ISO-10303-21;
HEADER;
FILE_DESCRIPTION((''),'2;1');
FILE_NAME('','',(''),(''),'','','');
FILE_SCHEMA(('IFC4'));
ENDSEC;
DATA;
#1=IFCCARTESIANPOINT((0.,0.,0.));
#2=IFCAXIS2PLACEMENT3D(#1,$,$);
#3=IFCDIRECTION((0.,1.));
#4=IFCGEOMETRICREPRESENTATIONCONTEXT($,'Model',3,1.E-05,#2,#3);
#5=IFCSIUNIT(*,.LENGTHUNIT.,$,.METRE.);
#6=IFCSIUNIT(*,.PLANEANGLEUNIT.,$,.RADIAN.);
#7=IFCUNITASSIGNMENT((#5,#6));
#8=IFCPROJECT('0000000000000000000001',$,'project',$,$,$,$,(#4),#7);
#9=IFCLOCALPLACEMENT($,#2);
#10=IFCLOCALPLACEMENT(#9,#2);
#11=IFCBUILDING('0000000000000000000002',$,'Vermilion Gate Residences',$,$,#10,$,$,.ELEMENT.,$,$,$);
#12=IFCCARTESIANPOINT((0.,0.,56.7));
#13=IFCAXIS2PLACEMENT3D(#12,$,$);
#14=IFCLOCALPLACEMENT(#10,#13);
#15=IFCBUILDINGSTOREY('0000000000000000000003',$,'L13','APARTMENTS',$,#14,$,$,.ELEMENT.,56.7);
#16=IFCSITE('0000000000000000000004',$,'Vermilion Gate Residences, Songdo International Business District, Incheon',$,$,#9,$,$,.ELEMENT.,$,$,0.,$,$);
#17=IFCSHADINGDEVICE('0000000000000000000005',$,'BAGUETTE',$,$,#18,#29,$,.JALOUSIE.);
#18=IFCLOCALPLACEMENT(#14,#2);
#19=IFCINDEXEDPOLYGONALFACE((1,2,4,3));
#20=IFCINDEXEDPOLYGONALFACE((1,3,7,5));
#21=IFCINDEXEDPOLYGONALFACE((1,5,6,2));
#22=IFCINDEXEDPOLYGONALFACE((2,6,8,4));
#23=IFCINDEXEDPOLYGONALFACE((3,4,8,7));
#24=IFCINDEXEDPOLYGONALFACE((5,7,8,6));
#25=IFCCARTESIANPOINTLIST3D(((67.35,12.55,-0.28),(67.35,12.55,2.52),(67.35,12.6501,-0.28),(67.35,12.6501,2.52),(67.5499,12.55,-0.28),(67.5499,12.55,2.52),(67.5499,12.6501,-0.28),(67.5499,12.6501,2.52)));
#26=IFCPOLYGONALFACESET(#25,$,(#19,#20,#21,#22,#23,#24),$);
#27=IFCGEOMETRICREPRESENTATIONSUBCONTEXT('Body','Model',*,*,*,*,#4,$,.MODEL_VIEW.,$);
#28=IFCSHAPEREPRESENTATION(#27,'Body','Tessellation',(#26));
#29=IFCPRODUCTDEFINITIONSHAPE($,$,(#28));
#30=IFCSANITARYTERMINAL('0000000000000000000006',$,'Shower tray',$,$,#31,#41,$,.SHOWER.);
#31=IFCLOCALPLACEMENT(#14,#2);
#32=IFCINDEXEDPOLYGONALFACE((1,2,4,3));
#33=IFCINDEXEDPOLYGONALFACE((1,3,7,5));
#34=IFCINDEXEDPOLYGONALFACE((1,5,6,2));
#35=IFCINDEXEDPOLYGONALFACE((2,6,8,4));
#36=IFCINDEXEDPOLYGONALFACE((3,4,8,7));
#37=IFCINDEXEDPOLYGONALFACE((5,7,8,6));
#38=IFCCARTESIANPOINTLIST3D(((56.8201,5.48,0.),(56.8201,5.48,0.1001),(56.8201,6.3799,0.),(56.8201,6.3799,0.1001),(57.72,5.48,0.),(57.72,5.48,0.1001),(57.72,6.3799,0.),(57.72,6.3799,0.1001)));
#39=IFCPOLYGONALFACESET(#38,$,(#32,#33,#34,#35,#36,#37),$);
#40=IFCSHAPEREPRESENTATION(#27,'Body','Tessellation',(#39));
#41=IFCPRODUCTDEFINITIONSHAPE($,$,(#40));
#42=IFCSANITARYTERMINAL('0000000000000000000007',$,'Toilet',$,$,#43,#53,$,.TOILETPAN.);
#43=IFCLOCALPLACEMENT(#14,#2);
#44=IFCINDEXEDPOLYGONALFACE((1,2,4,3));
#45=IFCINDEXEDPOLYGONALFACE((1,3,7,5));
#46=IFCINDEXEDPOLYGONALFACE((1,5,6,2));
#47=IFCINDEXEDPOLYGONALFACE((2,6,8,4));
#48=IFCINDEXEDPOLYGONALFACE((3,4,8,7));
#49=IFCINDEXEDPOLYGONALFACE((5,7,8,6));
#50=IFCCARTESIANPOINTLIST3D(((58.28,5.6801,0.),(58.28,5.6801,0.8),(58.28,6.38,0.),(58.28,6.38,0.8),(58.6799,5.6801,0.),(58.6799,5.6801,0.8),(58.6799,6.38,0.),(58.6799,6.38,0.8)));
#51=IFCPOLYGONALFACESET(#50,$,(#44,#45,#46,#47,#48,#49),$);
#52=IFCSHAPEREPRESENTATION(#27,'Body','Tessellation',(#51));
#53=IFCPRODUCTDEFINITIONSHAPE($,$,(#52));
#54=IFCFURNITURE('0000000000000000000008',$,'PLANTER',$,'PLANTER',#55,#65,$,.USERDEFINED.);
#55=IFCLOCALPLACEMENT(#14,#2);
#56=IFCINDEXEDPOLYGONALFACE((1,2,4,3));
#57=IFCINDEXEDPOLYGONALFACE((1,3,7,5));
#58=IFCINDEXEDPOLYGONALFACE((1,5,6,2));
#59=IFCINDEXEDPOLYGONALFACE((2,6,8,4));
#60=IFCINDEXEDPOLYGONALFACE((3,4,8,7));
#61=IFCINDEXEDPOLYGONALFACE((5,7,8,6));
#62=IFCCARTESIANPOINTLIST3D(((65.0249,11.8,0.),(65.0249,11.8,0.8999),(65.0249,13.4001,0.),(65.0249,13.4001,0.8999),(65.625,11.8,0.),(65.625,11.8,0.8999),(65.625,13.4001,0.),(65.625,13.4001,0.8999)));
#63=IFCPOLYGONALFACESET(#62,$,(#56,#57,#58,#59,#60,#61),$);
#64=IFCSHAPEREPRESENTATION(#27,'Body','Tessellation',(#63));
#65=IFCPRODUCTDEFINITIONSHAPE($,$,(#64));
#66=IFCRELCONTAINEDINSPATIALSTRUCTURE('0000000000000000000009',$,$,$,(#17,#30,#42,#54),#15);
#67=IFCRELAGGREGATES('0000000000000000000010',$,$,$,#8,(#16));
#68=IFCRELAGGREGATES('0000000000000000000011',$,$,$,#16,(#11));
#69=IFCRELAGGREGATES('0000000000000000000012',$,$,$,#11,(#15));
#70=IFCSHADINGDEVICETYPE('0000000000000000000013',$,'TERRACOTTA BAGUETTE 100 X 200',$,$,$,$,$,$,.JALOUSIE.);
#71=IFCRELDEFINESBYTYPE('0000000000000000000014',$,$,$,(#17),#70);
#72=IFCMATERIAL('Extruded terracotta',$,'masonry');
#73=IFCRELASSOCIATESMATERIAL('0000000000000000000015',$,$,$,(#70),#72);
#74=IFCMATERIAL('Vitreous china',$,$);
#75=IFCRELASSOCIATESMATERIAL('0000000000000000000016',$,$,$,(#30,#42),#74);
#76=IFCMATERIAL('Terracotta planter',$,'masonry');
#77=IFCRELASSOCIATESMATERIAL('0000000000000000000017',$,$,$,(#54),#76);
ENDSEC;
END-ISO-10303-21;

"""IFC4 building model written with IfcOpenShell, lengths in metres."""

from ifc_helpers import new_model, si_unit, direction, frame, origin, origin_2d, place, context, subcontext, project, spatial, rectangle, extrude, material, material_profile, profile_set, type_object, element, save


model = new_model("IFC4")

# Units and contexts
model_context = context("Model", 3, precision=1e-05, world=origin(), true_north=direction((0.0, 1.0)))
body_context = subcontext(model_context, "Body", "Model", "MODEL_VIEW")
ifc_project = project(units=[si_unit("LENGTHUNIT", "METRE"), si_unit("PLANEANGLEUNIT", "RADIAN")], contexts=[model_context])

# Site, building, storey
site_placement = place(None, origin())
site = spatial("IfcSite", under=ifc_project, at=site_placement, Name="Vermilion Gate Residences, Songdo International Business District, Incheon", CompositionType="ELEMENT", RefElevation=0.0)
building_placement = place(site_placement, origin())
building = spatial("IfcBuilding", under=site, at=building_placement, Name="Vermilion Gate Residences", CompositionType="ELEMENT")
storey_placement = place(building_placement, frame((0.0, 0.0, 56.7)))
storey = spatial("IfcBuildingStorey", under=building, at=storey_placement, Name="L13", Description="APARTMENTS", CompositionType="ELEMENT", Elevation=56.7)

# Shading device
ifc_material_1 = material(Name="Extruded terracotta", Category="masonry")
ifc_material_profile_1 = material_profile(ifc_material_1, rectangle(XDim=0.2, YDim=0.1001, at=origin_2d()), Name="BAGUETTE 100 X 200")
ifc_profile_set_1 = profile_set([ifc_material_profile_1], Name="Extruded terracotta")
shading_device_type_1 = type_object("IfcShadingDeviceType", Name="TERRACOTTA BAGUETTE 100 X 200", PredefinedType="JALOUSIE", material=ifc_profile_set_1)
shading_device_1_placement = place(storey_placement, frame((67.45, 12.6001, -0.28), z_axis=(0.0, 0.0, 1.0), x_axis=(-1.0, 0.0, 0.0)))
element("IfcShadingDevice", 1, at=shading_device_1_placement, inside=storey, type_object=shading_device_type_1, Name="BAGUETTE", PredefinedType="JALOUSIE", context=body_context, shape_type="SweptSolid", body=[
    extrude(rectangle(XDim=0.2, YDim=0.1001, at=origin_2d()), origin(), (0.0, 0.0, 1.0), 2.8),
])

# Sanitary terminals
ifc_material_2 = material(Name="Vitreous china")
sanitary_terminal_1_placement = place(storey_placement, frame((57.27, 5.9299, 0.0), z_axis=(0.0, 0.0, 1.0), x_axis=(1.0, 0.0, 0.0)))
element("IfcSanitaryTerminal", 2, at=sanitary_terminal_1_placement, inside=storey, material=ifc_material_2, Name="Shower tray", PredefinedType="SHOWER", context=body_context, shape_type="SweptSolid", body=[
    extrude(rectangle(XDim=0.8999, YDim=0.8999, at=origin_2d()), origin(), (0.0, 0.0, 1.0), 0.1001),
])
sanitary_terminal_2_placement = place(storey_placement, frame((58.48, 6.03, 0.0), z_axis=(0.0, 0.0, 1.0), x_axis=(1.0, 0.0, 0.0)))
element("IfcSanitaryTerminal", 3, at=sanitary_terminal_2_placement, inside=storey, material=ifc_material_2, Name="Toilet", PredefinedType="TOILETPAN", context=body_context, shape_type="SweptSolid", body=[
    extrude(rectangle(XDim=0.3999, YDim=0.7, at=origin_2d()), origin(), (0.0, 0.0, 1.0), 0.8),
])

# Furniture
ifc_material_3 = material(Name="Terracotta planter", Category="masonry")
furniture_placement = place(storey_placement, frame((65.325, 12.6001, 0.0), z_axis=(0.0, 0.0, 1.0), x_axis=(0.0, 1.0, 0.0)))
element("IfcFurniture", 4, at=furniture_placement, inside=storey, material=ifc_material_3, Name="PLANTER", ObjectType="PLANTER", PredefinedType="USERDEFINED", context=body_context, shape_type="SweptSolid", body=[
    extrude(rectangle(XDim=1.6001, YDim=0.6001, at=origin_2d()), origin(), (0.0, 0.0, 1.0), 0.8999),
])

save(model, "model.ifc")
